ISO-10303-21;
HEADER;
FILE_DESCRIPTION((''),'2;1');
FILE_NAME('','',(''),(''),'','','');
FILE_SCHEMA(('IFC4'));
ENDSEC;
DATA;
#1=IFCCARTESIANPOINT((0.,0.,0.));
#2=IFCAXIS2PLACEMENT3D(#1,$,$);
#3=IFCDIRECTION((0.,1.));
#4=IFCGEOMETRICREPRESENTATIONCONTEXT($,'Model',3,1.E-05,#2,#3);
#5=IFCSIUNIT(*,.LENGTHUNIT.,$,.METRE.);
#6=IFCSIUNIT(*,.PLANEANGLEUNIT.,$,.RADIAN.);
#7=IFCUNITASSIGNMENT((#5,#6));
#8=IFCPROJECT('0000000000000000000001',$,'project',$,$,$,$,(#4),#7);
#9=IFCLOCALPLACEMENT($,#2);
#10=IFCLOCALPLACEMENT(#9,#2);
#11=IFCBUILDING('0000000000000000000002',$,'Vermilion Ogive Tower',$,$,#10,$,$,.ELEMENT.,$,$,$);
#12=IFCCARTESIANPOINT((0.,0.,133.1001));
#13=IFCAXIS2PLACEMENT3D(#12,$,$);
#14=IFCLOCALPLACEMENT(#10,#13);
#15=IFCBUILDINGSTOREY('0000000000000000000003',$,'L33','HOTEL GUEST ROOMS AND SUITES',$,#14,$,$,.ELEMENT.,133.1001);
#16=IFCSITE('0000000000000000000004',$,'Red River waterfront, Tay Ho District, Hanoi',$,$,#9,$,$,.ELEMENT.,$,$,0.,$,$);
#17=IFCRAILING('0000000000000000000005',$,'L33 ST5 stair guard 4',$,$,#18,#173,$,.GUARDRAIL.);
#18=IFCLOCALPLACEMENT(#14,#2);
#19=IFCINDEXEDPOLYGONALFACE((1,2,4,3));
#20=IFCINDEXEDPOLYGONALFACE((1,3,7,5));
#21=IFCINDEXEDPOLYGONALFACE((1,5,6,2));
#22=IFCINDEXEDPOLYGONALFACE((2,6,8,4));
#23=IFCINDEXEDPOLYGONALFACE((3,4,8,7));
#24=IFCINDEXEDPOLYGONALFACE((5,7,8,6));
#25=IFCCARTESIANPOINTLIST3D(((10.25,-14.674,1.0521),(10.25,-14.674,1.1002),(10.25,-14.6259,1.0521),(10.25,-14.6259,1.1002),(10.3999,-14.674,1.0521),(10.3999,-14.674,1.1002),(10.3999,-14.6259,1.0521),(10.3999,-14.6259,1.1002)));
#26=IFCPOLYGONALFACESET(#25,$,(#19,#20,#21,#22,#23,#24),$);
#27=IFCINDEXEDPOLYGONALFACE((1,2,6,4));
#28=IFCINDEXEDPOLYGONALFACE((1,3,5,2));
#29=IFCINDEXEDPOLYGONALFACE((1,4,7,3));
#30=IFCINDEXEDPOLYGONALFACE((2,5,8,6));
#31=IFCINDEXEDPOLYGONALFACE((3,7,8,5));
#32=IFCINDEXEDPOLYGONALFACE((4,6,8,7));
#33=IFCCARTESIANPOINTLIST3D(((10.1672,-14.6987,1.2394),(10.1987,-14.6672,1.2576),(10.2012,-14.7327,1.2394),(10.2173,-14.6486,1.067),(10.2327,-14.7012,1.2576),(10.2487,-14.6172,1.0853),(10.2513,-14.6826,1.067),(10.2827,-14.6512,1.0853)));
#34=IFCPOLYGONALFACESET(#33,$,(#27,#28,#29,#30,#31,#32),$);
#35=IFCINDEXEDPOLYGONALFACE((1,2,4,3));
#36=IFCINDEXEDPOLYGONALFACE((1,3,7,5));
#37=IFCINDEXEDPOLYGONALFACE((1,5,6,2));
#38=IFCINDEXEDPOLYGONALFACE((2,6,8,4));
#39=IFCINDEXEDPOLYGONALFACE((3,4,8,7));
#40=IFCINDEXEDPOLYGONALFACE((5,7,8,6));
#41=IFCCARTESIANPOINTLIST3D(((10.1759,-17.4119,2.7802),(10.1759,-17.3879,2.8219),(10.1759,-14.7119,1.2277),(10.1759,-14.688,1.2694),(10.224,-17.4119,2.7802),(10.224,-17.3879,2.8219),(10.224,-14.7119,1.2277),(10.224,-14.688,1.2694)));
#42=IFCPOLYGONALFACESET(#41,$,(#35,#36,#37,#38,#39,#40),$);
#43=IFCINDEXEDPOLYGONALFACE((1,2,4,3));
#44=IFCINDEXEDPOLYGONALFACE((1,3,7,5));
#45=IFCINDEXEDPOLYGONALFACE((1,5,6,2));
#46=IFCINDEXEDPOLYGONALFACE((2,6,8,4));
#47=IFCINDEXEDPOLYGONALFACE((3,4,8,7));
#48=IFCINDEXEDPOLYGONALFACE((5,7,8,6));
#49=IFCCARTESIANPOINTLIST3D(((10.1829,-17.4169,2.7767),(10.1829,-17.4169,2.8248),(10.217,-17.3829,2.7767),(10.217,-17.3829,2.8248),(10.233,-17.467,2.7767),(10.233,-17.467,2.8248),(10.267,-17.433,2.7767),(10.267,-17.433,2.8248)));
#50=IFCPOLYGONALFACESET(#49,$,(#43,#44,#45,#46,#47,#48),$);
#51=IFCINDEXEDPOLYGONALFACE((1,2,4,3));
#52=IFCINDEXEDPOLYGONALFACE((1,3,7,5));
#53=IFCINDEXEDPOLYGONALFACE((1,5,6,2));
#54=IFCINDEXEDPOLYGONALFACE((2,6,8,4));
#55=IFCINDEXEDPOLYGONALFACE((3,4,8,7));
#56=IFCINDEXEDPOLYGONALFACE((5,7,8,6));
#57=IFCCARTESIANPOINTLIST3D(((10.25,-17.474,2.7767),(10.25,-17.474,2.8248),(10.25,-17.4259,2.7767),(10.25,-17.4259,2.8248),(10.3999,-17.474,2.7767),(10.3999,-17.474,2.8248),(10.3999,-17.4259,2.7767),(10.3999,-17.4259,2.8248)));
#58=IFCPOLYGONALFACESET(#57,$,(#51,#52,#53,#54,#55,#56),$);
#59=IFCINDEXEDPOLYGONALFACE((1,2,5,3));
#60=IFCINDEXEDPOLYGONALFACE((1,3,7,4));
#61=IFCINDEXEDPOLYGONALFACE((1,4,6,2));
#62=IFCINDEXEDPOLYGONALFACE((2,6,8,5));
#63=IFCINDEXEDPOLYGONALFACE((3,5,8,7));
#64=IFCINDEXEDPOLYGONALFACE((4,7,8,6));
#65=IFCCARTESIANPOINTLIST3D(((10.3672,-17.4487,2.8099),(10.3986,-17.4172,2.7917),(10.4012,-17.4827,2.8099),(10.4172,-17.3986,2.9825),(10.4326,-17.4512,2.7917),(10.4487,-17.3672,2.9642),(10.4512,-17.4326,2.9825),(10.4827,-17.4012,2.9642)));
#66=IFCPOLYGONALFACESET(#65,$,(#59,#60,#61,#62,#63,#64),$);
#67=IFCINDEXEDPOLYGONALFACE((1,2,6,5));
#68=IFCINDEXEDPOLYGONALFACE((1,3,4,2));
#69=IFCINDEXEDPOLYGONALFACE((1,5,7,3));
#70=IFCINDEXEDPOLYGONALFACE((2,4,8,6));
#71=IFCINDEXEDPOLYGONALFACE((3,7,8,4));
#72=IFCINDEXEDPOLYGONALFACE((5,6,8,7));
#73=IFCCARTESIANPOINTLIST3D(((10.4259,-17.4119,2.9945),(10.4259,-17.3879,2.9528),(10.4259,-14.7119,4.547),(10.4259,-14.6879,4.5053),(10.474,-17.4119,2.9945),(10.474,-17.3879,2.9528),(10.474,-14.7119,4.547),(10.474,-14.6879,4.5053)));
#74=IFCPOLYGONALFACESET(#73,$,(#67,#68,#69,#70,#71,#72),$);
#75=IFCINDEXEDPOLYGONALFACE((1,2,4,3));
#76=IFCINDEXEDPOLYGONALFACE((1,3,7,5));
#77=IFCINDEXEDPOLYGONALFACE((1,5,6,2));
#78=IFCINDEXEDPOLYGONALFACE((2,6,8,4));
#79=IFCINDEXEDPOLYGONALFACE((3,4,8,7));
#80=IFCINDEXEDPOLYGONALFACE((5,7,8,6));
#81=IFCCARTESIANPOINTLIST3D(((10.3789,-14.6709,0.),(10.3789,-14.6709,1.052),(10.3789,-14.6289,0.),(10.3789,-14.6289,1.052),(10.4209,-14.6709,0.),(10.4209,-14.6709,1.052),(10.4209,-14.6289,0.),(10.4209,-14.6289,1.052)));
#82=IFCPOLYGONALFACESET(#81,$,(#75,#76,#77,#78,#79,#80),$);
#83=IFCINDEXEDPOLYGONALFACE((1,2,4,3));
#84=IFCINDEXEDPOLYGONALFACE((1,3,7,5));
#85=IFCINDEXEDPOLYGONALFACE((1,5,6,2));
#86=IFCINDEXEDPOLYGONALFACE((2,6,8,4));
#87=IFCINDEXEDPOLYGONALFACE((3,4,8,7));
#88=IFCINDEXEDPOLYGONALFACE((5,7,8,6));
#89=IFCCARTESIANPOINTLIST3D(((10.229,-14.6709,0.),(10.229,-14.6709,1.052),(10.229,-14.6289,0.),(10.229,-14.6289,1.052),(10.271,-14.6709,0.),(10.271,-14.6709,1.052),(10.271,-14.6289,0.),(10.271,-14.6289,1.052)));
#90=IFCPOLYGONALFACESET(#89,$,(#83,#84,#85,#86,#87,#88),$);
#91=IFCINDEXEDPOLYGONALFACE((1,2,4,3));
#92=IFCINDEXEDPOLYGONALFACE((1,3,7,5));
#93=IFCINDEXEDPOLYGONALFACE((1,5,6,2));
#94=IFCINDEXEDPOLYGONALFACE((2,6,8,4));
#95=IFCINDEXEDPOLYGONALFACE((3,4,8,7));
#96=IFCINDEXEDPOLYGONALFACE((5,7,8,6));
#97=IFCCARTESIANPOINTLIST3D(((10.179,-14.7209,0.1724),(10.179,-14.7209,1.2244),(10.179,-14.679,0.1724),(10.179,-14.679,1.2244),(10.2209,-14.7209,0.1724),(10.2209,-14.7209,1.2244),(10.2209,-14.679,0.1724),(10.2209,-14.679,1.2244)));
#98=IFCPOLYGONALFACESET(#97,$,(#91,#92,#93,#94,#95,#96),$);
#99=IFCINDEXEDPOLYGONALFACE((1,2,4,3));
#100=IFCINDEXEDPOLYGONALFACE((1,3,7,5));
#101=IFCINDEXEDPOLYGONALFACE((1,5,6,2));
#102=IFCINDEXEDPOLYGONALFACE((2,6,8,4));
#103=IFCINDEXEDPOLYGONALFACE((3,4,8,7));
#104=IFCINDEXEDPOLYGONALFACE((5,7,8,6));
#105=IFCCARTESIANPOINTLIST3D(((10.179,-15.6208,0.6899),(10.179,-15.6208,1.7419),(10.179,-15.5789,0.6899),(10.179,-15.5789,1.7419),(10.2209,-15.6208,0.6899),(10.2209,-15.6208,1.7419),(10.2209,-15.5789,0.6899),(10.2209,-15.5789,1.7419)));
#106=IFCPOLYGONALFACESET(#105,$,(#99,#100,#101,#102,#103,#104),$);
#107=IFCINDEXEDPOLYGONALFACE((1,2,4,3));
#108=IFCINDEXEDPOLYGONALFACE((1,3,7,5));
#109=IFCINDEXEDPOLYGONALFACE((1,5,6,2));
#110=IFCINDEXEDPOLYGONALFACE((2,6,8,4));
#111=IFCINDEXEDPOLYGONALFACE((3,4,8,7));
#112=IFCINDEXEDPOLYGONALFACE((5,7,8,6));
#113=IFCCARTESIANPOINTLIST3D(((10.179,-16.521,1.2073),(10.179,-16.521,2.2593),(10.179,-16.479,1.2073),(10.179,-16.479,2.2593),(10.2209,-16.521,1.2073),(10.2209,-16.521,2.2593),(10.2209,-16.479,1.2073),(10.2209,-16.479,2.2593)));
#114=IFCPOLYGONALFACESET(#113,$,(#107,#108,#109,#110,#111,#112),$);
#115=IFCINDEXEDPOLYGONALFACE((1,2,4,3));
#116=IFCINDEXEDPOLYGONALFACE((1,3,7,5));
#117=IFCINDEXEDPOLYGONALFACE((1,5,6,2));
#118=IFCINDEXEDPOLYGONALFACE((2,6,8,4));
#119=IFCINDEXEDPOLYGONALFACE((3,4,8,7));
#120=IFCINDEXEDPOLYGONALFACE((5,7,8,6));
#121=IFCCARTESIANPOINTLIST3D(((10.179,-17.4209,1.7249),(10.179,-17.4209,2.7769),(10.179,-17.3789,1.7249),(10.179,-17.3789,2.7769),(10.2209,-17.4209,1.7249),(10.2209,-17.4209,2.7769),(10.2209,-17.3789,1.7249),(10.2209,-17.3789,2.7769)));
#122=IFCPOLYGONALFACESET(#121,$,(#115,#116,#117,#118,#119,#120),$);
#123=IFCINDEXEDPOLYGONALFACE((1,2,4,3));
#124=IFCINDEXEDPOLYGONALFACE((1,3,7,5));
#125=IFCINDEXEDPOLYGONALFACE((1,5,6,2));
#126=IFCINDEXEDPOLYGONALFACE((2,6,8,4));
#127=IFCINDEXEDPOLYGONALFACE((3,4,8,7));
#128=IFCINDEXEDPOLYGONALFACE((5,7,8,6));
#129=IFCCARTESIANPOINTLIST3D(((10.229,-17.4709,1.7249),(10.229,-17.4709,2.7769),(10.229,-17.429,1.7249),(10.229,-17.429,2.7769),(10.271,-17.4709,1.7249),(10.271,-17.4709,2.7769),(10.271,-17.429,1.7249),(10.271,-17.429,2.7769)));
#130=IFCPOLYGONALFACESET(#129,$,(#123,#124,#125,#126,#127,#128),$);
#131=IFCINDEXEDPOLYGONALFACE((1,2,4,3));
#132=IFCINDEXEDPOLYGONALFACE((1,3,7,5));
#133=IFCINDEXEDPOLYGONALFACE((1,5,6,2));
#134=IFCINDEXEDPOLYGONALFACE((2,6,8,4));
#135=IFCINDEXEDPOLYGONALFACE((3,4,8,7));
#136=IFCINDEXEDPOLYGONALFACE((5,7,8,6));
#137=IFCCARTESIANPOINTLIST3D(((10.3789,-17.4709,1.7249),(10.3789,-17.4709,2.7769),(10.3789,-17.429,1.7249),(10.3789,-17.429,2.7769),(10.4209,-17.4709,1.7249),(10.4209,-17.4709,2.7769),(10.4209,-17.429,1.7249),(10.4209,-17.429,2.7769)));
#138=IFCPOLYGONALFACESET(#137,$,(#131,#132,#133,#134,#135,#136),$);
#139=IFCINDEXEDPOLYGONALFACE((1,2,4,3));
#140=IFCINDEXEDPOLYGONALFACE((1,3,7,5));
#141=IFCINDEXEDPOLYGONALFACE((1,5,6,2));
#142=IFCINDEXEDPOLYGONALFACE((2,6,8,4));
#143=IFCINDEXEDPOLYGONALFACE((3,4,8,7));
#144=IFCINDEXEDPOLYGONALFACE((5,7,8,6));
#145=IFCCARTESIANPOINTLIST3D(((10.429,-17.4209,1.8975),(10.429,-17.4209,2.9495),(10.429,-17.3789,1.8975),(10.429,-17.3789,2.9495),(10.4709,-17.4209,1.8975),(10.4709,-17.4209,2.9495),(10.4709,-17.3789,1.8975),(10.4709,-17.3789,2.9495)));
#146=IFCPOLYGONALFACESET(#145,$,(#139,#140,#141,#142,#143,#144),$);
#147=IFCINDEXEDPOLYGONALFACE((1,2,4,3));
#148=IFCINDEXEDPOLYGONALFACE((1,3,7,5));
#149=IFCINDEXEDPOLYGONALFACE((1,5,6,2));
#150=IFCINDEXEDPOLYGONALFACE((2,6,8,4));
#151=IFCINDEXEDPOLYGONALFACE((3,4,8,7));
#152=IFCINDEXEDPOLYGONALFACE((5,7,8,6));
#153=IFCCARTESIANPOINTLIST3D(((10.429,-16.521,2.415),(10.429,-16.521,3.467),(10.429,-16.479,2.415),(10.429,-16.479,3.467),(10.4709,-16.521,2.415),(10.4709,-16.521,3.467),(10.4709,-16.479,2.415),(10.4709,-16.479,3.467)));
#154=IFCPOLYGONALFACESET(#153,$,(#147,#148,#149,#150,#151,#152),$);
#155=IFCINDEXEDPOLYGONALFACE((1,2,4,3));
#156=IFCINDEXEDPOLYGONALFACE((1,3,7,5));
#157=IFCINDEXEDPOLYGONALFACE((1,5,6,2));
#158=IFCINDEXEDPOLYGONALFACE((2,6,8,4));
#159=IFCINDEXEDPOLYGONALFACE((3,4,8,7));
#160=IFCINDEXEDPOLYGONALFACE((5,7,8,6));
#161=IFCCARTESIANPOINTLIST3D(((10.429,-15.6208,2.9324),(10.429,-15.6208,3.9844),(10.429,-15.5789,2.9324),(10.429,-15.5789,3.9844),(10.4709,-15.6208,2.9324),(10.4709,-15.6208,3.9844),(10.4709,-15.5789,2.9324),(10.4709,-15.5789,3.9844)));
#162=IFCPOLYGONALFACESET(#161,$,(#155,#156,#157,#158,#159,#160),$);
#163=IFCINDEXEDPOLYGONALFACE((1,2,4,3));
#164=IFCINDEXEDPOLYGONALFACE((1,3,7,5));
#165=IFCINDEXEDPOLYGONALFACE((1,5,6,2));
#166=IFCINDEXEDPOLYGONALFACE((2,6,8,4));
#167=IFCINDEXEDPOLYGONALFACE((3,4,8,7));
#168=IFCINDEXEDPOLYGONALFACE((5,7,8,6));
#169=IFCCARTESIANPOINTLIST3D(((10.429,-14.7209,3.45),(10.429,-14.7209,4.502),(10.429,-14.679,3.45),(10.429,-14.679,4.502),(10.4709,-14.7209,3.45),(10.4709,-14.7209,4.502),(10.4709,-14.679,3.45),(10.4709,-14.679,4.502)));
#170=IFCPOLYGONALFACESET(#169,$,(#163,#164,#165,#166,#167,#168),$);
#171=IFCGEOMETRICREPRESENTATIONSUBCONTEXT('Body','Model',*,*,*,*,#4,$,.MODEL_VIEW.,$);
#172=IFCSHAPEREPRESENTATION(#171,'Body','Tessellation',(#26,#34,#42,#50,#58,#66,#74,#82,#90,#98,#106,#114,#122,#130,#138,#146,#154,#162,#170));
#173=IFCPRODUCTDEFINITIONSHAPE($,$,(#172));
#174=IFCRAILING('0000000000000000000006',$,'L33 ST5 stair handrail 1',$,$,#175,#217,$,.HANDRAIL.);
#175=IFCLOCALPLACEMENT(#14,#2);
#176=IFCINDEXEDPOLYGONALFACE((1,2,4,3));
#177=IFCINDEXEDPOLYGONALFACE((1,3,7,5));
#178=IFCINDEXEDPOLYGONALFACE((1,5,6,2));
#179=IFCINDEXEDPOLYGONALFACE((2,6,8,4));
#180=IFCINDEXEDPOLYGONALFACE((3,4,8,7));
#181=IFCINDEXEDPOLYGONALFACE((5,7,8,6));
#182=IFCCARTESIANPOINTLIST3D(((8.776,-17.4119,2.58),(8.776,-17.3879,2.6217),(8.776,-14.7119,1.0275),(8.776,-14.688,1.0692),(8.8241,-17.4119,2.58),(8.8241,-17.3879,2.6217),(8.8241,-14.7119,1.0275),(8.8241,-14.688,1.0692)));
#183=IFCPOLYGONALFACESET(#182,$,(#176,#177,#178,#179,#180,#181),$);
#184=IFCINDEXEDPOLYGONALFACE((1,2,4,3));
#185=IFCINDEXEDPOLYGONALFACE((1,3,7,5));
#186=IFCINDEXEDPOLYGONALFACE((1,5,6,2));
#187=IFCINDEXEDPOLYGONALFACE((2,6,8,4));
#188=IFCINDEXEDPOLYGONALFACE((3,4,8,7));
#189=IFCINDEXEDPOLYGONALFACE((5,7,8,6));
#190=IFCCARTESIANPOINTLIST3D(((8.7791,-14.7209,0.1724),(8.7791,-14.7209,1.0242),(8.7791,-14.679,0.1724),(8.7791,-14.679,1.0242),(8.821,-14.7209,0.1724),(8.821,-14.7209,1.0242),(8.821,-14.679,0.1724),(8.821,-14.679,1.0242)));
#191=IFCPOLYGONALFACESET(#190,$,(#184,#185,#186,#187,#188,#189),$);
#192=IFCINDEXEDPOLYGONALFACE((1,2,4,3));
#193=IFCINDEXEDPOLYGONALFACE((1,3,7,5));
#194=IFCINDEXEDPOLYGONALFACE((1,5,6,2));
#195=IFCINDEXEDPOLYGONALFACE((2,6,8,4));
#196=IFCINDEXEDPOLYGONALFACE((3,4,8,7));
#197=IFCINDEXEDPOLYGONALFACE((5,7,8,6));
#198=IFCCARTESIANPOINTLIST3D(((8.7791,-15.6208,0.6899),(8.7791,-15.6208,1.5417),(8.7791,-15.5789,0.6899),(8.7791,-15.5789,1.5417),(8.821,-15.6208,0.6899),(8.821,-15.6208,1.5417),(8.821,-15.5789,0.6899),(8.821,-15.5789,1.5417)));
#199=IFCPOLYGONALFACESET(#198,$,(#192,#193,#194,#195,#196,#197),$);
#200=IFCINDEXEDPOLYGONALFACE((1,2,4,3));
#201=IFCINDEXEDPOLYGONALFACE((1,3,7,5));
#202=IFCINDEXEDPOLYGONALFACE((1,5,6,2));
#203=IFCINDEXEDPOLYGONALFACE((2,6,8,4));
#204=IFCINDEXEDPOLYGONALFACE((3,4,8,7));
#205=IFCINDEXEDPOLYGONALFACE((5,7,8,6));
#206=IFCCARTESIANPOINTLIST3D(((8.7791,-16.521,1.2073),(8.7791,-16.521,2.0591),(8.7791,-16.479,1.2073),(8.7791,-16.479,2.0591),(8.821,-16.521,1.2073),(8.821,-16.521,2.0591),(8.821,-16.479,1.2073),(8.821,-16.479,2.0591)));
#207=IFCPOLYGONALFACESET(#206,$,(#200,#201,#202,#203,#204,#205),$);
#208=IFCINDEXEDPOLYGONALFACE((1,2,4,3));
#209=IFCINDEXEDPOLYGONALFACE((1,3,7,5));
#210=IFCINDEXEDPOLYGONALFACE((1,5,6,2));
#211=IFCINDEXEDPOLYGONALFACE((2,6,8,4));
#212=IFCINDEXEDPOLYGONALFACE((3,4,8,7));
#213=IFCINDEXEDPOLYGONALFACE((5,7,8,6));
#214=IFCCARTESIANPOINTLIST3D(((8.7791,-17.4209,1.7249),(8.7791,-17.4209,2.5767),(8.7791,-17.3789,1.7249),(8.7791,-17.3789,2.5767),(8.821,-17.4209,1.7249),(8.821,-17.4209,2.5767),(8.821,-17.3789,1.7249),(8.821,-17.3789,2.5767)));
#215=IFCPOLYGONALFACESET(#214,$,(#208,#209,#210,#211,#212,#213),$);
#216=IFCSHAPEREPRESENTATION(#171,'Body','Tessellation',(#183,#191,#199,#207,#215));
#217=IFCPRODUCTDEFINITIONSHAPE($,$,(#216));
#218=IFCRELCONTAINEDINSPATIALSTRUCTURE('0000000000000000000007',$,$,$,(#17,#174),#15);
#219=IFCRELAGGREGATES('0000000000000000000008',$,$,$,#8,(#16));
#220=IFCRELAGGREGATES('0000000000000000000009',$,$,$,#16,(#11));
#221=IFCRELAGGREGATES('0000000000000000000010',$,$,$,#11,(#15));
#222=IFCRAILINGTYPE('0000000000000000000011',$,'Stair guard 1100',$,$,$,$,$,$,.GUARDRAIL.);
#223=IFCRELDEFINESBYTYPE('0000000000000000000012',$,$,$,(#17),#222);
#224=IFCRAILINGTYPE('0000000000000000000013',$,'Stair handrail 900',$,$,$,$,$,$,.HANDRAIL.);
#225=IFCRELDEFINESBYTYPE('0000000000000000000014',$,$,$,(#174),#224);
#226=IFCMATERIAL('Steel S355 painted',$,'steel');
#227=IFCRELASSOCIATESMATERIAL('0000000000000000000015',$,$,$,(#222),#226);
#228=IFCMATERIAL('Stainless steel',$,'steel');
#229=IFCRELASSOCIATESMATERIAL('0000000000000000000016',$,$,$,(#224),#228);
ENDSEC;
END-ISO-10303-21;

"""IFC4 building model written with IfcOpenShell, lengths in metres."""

from ifc_helpers import new_model, si_unit, direction, frame, origin, origin_2d, place, context, subcontext, project, spatial, rectangle, extrude, material, type_object, element, save


model = new_model("IFC4")

# Units and contexts
model_context = context("Model", 3, precision=1e-05, world=origin(), true_north=direction((0.0, 1.0)))
body_context = subcontext(model_context, "Body", "Model", "MODEL_VIEW")
ifc_project = project(units=[si_unit("LENGTHUNIT", "METRE"), si_unit("PLANEANGLEUNIT", "RADIAN")], contexts=[model_context])

# Site, building, storey
site_placement = place(None, origin())
site = spatial("IfcSite", under=ifc_project, at=site_placement, Name="Red River waterfront, Tay Ho District, Hanoi", CompositionType="ELEMENT", RefElevation=0.0)
building_placement = place(site_placement, origin())
building = spatial("IfcBuilding", under=site, at=building_placement, Name="Vermilion Ogive Tower", CompositionType="ELEMENT")
storey_placement = place(building_placement, frame((0.0, 0.0, 133.1001)))
storey = spatial("IfcBuildingStorey", under=building, at=storey_placement, Name="L33", Description="HOTEL GUEST ROOMS AND SUITES", CompositionType="ELEMENT", Elevation=133.1001)

# Railings
ifc_material_1 = material(Name="Steel S355 painted", Category="steel")
railing_type_1 = type_object("IfcRailingType", Name="Stair guard 1100", PredefinedType="GUARDRAIL", material=ifc_material_1)
railing_1_placement = place(storey_placement, frame((10.3999, -14.6499, 0.0)))
element("IfcRailing", 1, at=railing_1_placement, inside=storey, type_object=railing_type_1, Name="L33 ST5 stair guard 4", PredefinedType="GUARDRAIL", context=body_context, shape_type="SweptSolid", body=[
    extrude(rectangle(XDim=0.0481, YDim=0.0481, at=origin_2d()), frame((0.0, 0.0, 1.0762), z_axis=(-1.0, 0.0, 0.0), x_axis=(0.0, -1.0, 0.0)), (0.0, 0.0, 1.0), 0.1499),
    extrude(rectangle(XDim=0.0481, YDim=0.0481, at=origin_2d()), frame((-0.1499, 0.0, 1.0762), z_axis=(-0.268603, -0.268603, 0.925043), x_axis=(0.707107, -0.707107, 0.0)), (0.0, 0.0, 1.0), 0.1863),
    extrude(rectangle(XDim=0.0481, YDim=0.0481, at=origin_2d()), frame((-0.2, -0.05, 1.2485), z_axis=(0.0, -0.866904, 0.498476), x_axis=(1.0, 0.0, 0.0)), (0.0, 0.0, 1.0), 3.1145),
    extrude(rectangle(XDim=0.0481, YDim=0.0481, at=origin_2d()), frame((-0.2, -2.75, 2.8008), z_axis=(0.707107, -0.707107, 0.0), x_axis=(0.707107, 0.707107, 0.0)), (0.0, 0.0, 1.0), 0.0708),
    extrude(rectangle(XDim=0.0481, YDim=0.0481, at=origin_2d()), frame((-0.1499, -2.8, 2.8008), z_axis=(1.0, 0.0, 0.0), x_axis=(0.0, 1.0, 0.0)), (0.0, 0.0, 1.0), 0.1499),
    extrude(rectangle(XDim=0.0481, YDim=0.0481, at=origin_2d()), frame((0.0, -2.8, 2.8008), z_axis=(0.268278, 0.268278, 0.925232), x_axis=(-0.707107, 0.707107, 0.0)), (0.0, 0.0, 1.0), 0.1865),
    extrude(rectangle(XDim=0.0481, YDim=0.0481, at=origin_2d()), frame((0.05, -2.75, 2.9736), z_axis=(0.0, 0.866904, 0.498476), x_axis=(-1.0, 0.0, 0.0)), (0.0, 0.0, 1.0), 3.1145),
    extrude(rectangle(XDim=0.042, YDim=0.042, at=origin_2d()), origin(), (0.0, 0.0, 1.0), 1.052),
    extrude(rectangle(XDim=0.042, YDim=0.042, at=origin_2d()), frame((-0.1499, 0.0, 0.0)), (0.0, 0.0, 1.0), 1.052),
    extrude(rectangle(XDim=0.042, YDim=0.042, at=origin_2d()), frame((-0.2, -0.05, 0.1724)), (0.0, 0.0, 1.0), 1.052),
    extrude(rectangle(XDim=0.042, YDim=0.042, at=origin_2d()), frame((-0.2, -0.95, 0.6899)), (0.0, 0.0, 1.0), 1.052),
    extrude(rectangle(XDim=0.042, YDim=0.042, at=origin_2d()), frame((-0.2, -1.8501, 1.2073)), (0.0, 0.0, 1.0), 1.052),
    extrude(rectangle(XDim=0.042, YDim=0.042, at=origin_2d()), frame((-0.2, -2.75, 1.7249)), (0.0, 0.0, 1.0), 1.052),
    extrude(rectangle(XDim=0.042, YDim=0.042, at=origin_2d()), frame((-0.1499, -2.8, 1.7249)), (0.0, 0.0, 1.0), 1.052),
    extrude(rectangle(XDim=0.042, YDim=0.042, at=origin_2d()), frame((0.0, -2.8, 1.7249)), (0.0, 0.0, 1.0), 1.052),
    extrude(rectangle(XDim=0.042, YDim=0.042, at=origin_2d()), frame((0.05, -2.75, 1.8975)), (0.0, 0.0, 1.0), 1.052),
    extrude(rectangle(XDim=0.042, YDim=0.042, at=origin_2d()), frame((0.05, -1.8501, 2.415)), (0.0, 0.0, 1.0), 1.052),
    extrude(rectangle(XDim=0.042, YDim=0.042, at=origin_2d()), frame((0.05, -0.95, 2.9324)), (0.0, 0.0, 1.0), 1.052),
    extrude(rectangle(XDim=0.042, YDim=0.042, at=origin_2d()), frame((0.05, -0.05, 3.45)), (0.0, 0.0, 1.0), 1.052),
])
ifc_material_2 = material(Name="Stainless steel", Category="steel")
railing_type_2 = type_object("IfcRailingType", Name="Stair handrail 900", PredefinedType="HANDRAIL", material=ifc_material_2)
railing_2_placement = place(storey_placement, frame((8.8, -14.7, 0.1724)))
element("IfcRailing", 2, at=railing_2_placement, inside=storey, type_object=railing_type_2, Name="L33 ST5 stair handrail 1", PredefinedType="HANDRAIL", context=body_context, shape_type="SweptSolid", body=[
    extrude(rectangle(XDim=0.0481, YDim=0.0481, at=origin_2d()), frame((0.0, 0.0, 0.876), z_axis=(0.0, -0.866904, 0.498476), x_axis=(1.0, 0.0, 0.0)), (0.0, 0.0, 1.0), 3.1145),
    extrude(rectangle(XDim=0.042, YDim=0.042, at=origin_2d()), origin(), (0.0, 0.0, 1.0), 0.8518),
    extrude(rectangle(XDim=0.042, YDim=0.042, at=origin_2d()), frame((0.0, -0.8999, 0.5176)), (0.0, 0.0, 1.0), 0.8518),
    extrude(rectangle(XDim=0.042, YDim=0.042, at=origin_2d()), frame((0.0, -1.8, 1.0349)), (0.0, 0.0, 1.0), 0.8518),
    extrude(rectangle(XDim=0.042, YDim=0.042, at=origin_2d()), frame((0.0, -2.7, 1.5525)), (0.0, 0.0, 1.0), 0.8518),
])

save(model, "model.ifc")
